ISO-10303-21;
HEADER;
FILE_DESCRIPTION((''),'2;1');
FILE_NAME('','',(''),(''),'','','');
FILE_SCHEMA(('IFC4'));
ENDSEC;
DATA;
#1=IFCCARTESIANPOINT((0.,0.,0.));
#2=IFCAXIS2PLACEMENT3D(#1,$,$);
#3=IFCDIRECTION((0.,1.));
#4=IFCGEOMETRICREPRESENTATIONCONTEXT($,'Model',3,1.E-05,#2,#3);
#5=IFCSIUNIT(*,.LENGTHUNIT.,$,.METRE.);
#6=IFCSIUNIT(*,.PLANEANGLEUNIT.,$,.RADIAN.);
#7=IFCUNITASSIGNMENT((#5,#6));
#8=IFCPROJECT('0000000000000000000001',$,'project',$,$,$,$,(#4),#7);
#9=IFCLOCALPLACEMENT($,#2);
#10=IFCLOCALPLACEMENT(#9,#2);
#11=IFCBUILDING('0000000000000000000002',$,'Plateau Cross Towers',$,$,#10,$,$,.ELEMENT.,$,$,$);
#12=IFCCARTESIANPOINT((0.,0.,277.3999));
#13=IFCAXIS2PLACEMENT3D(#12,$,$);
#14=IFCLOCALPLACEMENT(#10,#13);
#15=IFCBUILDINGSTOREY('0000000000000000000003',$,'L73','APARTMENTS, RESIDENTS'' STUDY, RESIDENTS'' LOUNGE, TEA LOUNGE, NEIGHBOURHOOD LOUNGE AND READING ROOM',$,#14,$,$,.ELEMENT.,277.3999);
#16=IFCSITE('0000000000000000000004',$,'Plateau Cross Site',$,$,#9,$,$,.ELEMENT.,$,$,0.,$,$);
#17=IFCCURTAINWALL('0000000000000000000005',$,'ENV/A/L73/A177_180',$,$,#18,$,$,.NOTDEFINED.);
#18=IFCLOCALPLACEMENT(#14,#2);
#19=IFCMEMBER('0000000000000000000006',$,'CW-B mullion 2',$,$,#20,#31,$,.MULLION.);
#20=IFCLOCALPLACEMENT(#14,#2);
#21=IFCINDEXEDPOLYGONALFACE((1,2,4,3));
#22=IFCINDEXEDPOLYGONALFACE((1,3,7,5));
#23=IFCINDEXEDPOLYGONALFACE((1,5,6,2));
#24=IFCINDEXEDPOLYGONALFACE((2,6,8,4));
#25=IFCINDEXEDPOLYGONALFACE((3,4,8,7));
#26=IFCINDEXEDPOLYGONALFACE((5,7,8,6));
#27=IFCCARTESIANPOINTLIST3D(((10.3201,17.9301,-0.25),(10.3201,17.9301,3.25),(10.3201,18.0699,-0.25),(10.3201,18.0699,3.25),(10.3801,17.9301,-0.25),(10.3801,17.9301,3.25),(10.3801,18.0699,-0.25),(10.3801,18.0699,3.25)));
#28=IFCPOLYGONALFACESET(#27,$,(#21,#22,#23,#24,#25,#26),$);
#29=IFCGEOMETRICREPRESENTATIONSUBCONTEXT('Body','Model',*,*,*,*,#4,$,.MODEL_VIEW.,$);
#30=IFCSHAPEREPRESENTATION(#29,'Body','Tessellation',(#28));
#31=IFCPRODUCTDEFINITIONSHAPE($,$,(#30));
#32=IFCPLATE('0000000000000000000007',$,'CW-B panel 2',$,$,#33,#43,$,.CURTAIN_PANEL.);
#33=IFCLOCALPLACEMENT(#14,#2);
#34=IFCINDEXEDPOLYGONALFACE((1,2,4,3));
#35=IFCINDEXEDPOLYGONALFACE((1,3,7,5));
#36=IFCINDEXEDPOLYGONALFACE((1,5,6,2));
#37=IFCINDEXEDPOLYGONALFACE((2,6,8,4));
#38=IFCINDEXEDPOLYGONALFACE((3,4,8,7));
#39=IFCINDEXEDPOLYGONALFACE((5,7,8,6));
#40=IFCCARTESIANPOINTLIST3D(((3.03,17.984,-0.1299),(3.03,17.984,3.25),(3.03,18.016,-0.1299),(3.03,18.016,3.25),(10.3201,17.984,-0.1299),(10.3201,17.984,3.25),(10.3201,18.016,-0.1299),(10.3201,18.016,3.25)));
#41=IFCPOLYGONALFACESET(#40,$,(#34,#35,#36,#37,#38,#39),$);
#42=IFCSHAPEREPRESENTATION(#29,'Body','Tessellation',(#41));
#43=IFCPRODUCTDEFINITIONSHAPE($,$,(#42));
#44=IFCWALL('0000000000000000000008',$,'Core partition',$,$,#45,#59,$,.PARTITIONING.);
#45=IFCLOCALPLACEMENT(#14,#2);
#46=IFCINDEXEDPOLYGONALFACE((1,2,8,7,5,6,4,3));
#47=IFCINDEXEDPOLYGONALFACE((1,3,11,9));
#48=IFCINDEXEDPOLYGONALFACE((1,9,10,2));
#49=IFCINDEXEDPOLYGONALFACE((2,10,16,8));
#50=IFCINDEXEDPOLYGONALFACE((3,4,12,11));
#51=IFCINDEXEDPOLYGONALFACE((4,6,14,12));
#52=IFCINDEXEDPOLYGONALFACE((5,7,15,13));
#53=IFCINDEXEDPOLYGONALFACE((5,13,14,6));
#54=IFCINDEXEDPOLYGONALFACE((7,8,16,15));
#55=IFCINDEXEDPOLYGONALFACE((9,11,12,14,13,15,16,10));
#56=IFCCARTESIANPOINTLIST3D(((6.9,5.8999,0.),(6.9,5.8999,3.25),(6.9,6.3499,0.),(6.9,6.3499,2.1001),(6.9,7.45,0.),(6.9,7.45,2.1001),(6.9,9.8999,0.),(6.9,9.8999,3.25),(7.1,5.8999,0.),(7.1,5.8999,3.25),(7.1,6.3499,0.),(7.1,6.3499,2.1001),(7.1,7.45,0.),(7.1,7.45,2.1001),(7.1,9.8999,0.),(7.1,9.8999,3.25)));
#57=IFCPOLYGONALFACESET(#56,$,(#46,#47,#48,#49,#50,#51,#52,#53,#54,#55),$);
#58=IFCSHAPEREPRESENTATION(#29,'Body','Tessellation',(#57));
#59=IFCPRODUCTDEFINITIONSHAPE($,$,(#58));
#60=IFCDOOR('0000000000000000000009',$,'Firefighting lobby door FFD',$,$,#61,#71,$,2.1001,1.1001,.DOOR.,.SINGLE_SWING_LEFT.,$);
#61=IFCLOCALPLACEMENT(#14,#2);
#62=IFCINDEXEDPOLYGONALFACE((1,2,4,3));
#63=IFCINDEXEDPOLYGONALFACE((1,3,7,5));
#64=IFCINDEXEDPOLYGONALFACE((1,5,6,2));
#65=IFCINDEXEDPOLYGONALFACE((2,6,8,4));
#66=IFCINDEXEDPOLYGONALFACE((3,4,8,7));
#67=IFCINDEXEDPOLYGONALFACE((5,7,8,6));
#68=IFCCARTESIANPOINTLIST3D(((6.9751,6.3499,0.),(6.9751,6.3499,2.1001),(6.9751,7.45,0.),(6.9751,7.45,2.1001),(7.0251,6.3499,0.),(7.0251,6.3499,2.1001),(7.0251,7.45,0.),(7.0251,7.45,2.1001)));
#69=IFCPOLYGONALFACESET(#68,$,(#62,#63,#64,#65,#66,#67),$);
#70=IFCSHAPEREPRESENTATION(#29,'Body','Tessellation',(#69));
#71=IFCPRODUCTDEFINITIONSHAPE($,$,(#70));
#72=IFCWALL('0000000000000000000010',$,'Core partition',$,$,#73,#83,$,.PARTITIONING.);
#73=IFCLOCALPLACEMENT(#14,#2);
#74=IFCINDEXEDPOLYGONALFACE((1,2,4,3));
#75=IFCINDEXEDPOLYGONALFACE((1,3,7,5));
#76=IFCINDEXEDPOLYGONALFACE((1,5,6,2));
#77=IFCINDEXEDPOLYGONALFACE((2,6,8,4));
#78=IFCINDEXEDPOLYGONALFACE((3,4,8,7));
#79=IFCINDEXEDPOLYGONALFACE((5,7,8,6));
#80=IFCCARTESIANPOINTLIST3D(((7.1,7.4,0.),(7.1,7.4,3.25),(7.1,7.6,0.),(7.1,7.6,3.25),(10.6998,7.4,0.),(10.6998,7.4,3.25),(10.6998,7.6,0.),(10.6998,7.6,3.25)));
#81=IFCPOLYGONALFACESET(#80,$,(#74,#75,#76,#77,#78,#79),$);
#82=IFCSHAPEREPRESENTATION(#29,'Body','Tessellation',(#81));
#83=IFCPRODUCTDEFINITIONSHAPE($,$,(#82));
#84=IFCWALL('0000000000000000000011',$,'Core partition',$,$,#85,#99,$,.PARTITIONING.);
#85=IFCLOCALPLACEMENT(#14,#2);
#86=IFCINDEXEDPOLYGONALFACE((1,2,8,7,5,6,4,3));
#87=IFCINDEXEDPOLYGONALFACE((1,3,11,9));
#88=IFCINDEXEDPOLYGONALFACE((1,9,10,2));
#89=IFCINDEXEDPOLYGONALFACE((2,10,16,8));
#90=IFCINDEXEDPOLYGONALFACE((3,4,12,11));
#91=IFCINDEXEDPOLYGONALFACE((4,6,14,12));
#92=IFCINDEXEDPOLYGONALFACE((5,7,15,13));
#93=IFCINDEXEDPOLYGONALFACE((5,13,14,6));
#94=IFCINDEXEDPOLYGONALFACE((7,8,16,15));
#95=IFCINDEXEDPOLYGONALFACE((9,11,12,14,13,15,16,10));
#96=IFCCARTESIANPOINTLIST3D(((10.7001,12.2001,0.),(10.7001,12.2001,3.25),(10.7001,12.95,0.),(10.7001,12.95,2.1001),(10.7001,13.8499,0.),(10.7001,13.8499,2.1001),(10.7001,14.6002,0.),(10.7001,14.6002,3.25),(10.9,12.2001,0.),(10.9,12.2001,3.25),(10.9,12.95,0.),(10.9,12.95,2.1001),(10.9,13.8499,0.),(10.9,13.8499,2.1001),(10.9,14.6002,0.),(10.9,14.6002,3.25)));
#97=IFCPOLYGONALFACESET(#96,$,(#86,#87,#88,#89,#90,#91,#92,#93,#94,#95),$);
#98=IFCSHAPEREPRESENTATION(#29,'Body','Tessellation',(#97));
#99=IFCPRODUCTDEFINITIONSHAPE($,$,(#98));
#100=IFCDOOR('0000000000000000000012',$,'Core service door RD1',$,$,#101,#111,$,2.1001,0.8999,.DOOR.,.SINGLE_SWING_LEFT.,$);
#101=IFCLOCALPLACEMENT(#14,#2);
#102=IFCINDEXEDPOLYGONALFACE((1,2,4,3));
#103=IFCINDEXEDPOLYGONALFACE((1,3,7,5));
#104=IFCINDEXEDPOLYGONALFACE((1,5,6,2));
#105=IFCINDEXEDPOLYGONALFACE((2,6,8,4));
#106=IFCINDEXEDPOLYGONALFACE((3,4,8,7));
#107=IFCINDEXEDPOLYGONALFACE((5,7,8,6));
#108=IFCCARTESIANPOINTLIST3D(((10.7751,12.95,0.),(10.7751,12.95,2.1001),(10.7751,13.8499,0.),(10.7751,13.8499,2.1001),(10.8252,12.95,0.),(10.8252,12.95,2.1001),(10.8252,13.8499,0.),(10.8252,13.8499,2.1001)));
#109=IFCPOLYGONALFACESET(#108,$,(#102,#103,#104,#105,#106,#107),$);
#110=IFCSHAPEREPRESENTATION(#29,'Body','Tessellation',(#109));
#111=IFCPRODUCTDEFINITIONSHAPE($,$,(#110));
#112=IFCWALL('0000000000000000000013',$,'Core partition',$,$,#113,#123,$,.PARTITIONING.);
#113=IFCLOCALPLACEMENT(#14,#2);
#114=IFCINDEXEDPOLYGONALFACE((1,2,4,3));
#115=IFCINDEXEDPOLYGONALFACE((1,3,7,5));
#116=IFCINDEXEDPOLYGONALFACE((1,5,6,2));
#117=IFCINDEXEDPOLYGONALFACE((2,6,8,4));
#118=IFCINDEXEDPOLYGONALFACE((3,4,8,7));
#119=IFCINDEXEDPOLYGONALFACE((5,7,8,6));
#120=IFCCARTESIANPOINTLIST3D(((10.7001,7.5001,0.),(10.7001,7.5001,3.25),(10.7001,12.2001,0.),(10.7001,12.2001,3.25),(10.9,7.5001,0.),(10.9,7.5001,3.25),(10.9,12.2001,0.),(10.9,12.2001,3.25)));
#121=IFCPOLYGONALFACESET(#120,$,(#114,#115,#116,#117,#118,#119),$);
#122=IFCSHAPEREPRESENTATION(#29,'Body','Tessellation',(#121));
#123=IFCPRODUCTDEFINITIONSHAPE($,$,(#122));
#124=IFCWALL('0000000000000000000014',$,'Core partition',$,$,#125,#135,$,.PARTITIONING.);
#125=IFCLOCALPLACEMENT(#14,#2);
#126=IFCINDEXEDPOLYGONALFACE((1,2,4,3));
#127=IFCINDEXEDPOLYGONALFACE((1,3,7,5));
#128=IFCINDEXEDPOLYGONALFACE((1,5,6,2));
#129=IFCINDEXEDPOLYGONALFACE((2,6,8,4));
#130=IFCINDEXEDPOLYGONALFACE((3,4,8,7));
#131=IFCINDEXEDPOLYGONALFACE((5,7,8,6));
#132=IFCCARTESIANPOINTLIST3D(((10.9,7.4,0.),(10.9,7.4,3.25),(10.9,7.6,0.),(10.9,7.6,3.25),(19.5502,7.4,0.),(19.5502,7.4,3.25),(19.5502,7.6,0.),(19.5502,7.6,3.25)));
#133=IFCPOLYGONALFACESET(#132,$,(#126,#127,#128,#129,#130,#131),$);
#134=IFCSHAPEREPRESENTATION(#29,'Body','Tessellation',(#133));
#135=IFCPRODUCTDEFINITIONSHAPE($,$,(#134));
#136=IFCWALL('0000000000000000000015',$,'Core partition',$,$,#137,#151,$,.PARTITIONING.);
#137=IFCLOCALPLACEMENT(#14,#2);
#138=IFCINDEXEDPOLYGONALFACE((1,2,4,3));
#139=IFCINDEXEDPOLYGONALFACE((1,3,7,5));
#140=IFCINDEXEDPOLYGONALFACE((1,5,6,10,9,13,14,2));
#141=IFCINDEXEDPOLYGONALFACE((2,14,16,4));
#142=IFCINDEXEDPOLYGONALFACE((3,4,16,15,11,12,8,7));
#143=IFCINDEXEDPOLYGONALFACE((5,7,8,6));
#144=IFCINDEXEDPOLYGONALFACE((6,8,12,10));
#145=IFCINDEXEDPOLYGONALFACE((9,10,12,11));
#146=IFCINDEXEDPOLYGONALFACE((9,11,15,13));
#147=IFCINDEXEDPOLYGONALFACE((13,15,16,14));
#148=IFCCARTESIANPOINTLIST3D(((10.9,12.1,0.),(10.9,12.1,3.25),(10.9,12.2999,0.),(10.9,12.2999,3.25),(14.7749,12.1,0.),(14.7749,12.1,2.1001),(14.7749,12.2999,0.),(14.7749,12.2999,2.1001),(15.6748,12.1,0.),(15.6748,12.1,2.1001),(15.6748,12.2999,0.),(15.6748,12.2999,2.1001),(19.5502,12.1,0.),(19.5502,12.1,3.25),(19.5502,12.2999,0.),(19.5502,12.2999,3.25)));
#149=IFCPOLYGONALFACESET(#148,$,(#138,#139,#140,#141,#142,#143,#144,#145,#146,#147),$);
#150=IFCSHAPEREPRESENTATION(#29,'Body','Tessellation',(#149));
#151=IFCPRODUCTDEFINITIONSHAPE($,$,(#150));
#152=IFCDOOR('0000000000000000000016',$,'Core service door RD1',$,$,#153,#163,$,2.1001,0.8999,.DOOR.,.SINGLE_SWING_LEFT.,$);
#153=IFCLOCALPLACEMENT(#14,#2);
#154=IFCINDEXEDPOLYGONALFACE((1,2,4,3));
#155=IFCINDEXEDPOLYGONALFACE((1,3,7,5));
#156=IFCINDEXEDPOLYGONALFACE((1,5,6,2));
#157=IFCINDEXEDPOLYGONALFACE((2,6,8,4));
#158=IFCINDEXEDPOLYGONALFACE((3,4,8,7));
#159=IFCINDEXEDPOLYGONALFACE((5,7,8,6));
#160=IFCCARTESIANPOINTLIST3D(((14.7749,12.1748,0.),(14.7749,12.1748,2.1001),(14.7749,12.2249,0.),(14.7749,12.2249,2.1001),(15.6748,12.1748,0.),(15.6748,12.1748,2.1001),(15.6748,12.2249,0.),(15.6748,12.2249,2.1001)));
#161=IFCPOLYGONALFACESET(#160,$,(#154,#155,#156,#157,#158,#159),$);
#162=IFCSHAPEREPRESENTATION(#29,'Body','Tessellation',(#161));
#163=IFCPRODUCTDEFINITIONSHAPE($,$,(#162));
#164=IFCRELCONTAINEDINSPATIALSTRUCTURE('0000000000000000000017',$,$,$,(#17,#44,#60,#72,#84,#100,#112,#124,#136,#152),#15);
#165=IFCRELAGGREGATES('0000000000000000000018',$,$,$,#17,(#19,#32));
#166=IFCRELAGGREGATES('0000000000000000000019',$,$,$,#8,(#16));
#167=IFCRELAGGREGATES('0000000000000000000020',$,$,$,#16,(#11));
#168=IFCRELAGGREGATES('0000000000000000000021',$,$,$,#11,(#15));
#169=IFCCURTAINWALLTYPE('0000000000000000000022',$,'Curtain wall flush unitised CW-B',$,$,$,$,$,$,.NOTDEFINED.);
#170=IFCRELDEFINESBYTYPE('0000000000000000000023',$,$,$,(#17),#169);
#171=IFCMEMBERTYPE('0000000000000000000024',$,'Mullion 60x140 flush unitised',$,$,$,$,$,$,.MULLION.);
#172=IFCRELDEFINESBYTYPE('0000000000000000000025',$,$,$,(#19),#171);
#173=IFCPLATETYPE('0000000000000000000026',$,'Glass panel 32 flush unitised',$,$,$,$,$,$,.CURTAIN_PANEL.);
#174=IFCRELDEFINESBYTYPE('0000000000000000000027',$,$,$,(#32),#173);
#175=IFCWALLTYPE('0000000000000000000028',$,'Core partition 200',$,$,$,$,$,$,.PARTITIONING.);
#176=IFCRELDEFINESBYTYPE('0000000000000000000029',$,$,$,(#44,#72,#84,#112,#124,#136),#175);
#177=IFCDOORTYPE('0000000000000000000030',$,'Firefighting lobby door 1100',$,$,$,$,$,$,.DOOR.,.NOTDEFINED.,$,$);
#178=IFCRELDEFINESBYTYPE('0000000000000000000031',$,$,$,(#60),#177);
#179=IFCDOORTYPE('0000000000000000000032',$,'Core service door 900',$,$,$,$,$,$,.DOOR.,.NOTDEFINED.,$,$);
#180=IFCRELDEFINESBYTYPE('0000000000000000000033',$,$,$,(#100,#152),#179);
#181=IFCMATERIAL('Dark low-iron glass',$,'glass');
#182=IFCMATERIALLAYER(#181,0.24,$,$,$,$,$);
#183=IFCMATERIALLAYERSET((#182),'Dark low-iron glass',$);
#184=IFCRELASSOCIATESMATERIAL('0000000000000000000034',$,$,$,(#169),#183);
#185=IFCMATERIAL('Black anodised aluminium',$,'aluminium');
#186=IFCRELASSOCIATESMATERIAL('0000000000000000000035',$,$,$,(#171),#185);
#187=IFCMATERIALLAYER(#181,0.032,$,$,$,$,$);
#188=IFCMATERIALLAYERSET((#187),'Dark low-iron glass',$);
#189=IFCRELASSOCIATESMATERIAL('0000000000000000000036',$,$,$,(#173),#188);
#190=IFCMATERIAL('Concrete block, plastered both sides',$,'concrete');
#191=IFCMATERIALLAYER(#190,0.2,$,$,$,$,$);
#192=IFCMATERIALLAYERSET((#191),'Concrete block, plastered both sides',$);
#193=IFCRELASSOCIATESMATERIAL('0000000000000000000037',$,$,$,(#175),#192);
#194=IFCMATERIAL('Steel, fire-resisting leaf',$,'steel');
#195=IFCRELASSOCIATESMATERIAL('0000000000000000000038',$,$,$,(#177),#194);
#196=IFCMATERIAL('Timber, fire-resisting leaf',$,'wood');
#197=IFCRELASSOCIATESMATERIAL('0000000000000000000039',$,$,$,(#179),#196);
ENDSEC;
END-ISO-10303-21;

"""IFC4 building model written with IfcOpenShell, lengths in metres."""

from ifc_helpers import new_model, si_unit, direction, frame, frame_2d, origin, origin_2d, place, context, subcontext, project, spatial, rectangle, extrude, material, layer, layer_set, material_profile, profile_set, type_object, element, fill, aggregate, save


model = new_model("IFC4")

# Units and contexts
model_context = context("Model", 3, precision=1e-05, world=origin(), true_north=direction((0.0, 1.0)))
body_context = subcontext(model_context, "Body", "Model", "MODEL_VIEW")
ifc_project = project(units=[si_unit("LENGTHUNIT", "METRE"), si_unit("PLANEANGLEUNIT", "RADIAN")], contexts=[model_context])

# Site, building, storey
site_placement = place(None, origin())
site = spatial("IfcSite", under=ifc_project, at=site_placement, Name="Plateau Cross Site", CompositionType="ELEMENT", RefElevation=0.0)
building_placement = place(site_placement, origin())
building = spatial("IfcBuilding", under=site, at=building_placement, Name="Plateau Cross Towers", CompositionType="ELEMENT")
storey_placement = place(building_placement, frame((0.0, 0.0, 277.3999)))
storey = spatial("IfcBuildingStorey", under=building, at=storey_placement, Name="L73", Description="APARTMENTS, RESIDENTS' STUDY, RESIDENTS' LOUNGE, TEA LOUNGE, NEIGHBOURHOOD LOUNGE AND READING ROOM", CompositionType="ELEMENT", Elevation=277.3999)

# Curtain wall, member, plate
ifc_material_1 = material(Name="Dark low-iron glass", Category="glass")
ifc_layer_1 = layer(ifc_material_1, 0.24)
ifc_layer_set_1 = layer_set([ifc_layer_1], Name="Dark low-iron glass")
curtain_wall_type = type_object("IfcCurtainWallType", Name="Curtain wall flush unitised CW-B", PredefinedType="NOTDEFINED", material=ifc_layer_set_1)
curtain_wall_placement = place(storey_placement, origin())
curtain_wall = element("IfcCurtainWall", 1, at=curtain_wall_placement, inside=storey, type_object=curtain_wall_type, Name="ENV/A/L73/A177_180", PredefinedType="NOTDEFINED")
ifc_material_2 = material(Name="Black anodised aluminium", Category="aluminium")
ifc_material_profile = material_profile(ifc_material_2, rectangle(XDim=0.0601, YDim=0.1399, at=origin_2d()), Name="MULLION 60x140")
ifc_profile_set = profile_set([ifc_material_profile], Name="Black anodised aluminium")
member_type = type_object("IfcMemberType", Name="Mullion 60x140 flush unitised", PredefinedType="MULLION", material=ifc_profile_set)
member_placement = place(storey_placement, frame((10.3501, 18.0, -0.25), z_axis=(0.0, 0.0, 1.0), x_axis=(-1.0, 0.0, 0.0)))
member = element("IfcMember", 2, at=member_placement, type_object=member_type, Name="CW-B mullion 2", PredefinedType="MULLION", context=body_context, shape_type="SweptSolid", body=[
    extrude(rectangle(XDim=0.0601, YDim=0.1399, at=origin_2d()), origin(), (0.0, 0.0, 1.0), 3.5),
])
ifc_layer_2 = layer(ifc_material_1, 0.032)
ifc_layer_set_2 = layer_set([ifc_layer_2], Name="Dark low-iron glass")
plate_type = type_object("IfcPlateType", Name="Glass panel 32 flush unitised", PredefinedType="CURTAIN_PANEL", material=ifc_layer_set_2)
plate_placement = place(storey_placement, frame((6.675, 18.0, -0.1299), z_axis=(0.0, 0.0, 1.0), x_axis=(-1.0, 0.0, 0.0)))
plate = element("IfcPlate", 3, at=plate_placement, type_object=plate_type, Name="CW-B panel 2", PredefinedType="CURTAIN_PANEL", context=body_context, shape_type="SweptSolid", body=[
    extrude(rectangle(XDim=7.29, YDim=0.032, at=origin_2d()), origin(), (0.0, 0.0, 1.0), 3.3799),
])
aggregate(curtain_wall, [member, plate])

# Wall, opening, door
ifc_material_3 = material(Name="Concrete block, plastered both sides", Category="concrete")
ifc_layer_3 = layer(ifc_material_3, 0.2)
ifc_layer_set_3 = layer_set([ifc_layer_3], Name="Concrete block, plastered both sides")
wall_type_1 = type_object("IfcWallType", Name="Core partition 200", PredefinedType="PARTITIONING", material=ifc_layer_set_3)
wall_1_placement = place(storey_placement, frame((7.0, 5.8999, 0.0), z_axis=(0.0, 0.0, 1.0), x_axis=(0.0, 1.0, 0.0)))
wall_1 = element("IfcWall", 4, at=wall_1_placement, inside=storey, type_object=wall_type_1, Name="Core partition", PredefinedType="PARTITIONING", context=body_context, shape_type="SweptSolid", body=[
    extrude(rectangle(XDim=4.0, YDim=0.2, at=frame_2d((2.0, 0.0))), origin(), (0.0, 0.0, 1.0), 3.25),
])
opening_1_placement = place(wall_1_placement, frame((0.45, 0.0, 0.0)))
opening_1 = element("IfcOpeningElement", 5, at=opening_1_placement, cuts=wall_1, PredefinedType="OPENING", context=body_context, shape_type="SweptSolid", body=[
    extrude(rectangle(XDim=1.1001, YDim=2.1001, at=frame_2d((0.55, 1.05))), frame((0.0, 0.1099, 0.0), z_axis=(0.0, -1.0, 0.0), x_axis=(1.0, 0.0, 0.0)), (0.0, 0.0, 1.0), 0.22),
])
ifc_material_4 = material(Name="Steel, fire-resisting leaf", Category="steel")
door_type_1 = type_object("IfcDoorType", Name="Firefighting lobby door 1100", OperationType="NOTDEFINED", PredefinedType="DOOR", material=ifc_material_4)
door_1_placement = place(opening_1_placement, origin())
door_1 = element("IfcDoor", 6, at=door_1_placement, inside=storey, type_object=door_type_1, Name="Firefighting lobby door FFD", OperationType="SINGLE_SWING_LEFT", OverallHeight=2.1001, OverallWidth=1.1001, PredefinedType="DOOR", context=body_context, shape_type="SweptSolid", body=[
    extrude(rectangle(XDim=1.1001, YDim=2.1001, at=frame_2d((0.55, 1.05))), frame((0.0, 0.0249, 0.0), z_axis=(0.0, -1.0, 0.0), x_axis=(1.0, 0.0, 0.0)), (0.0, 0.0, 1.0), 0.05),
])
fill(opening_1, door_1)

# Wall
wall_2_placement = place(storey_placement, frame((7.1001, 7.5, 0.0), z_axis=(0.0, 0.0, 1.0), x_axis=(1.0, 0.0, 0.0)))
element("IfcWall", 7, at=wall_2_placement, inside=storey, type_object=wall_type_1, Name="Core partition", PredefinedType="PARTITIONING", context=body_context, shape_type="SweptSolid", body=[
    extrude(rectangle(XDim=3.5999, YDim=0.2, at=frame_2d((1.7998, 0.0))), origin(), (0.0, 0.0, 1.0), 3.25),
])

# Wall, opening, door
wall_3_placement = place(storey_placement, frame((10.8, 12.2, 0.0), z_axis=(0.0, 0.0, 1.0), x_axis=(0.0, 1.0, 0.0)))
wall_3 = element("IfcWall", 8, at=wall_3_placement, inside=storey, type_object=wall_type_1, Name="Core partition", PredefinedType="PARTITIONING", context=body_context, shape_type="SweptSolid", body=[
    extrude(rectangle(XDim=2.4001, YDim=0.2, at=frame_2d((1.2002, 0.0))), origin(), (0.0, 0.0, 1.0), 3.25),
])
opening_2_placement = place(wall_3_placement, frame((0.75, 0.0, 0.0)))
opening_2 = element("IfcOpeningElement", 9, at=opening_2_placement, cuts=wall_3, PredefinedType="OPENING", context=body_context, shape_type="SweptSolid", body=[
    extrude(rectangle(XDim=0.8999, YDim=2.1001, at=frame_2d((0.45, 1.05))), frame((0.0, 0.1099, 0.0), z_axis=(0.0, -1.0, 0.0), x_axis=(1.0, 0.0, 0.0)), (0.0, 0.0, 1.0), 0.22),
])
ifc_material_5 = material(Name="Timber, fire-resisting leaf", Category="wood")
door_type_2 = type_object("IfcDoorType", Name="Core service door 900", OperationType="NOTDEFINED", PredefinedType="DOOR", material=ifc_material_5)
door_2_placement = place(opening_2_placement, origin())
door_2 = element("IfcDoor", 10, at=door_2_placement, inside=storey, type_object=door_type_2, Name="Core service door RD1", OperationType="SINGLE_SWING_LEFT", OverallHeight=2.1001, OverallWidth=0.8999, PredefinedType="DOOR", context=body_context, shape_type="SweptSolid", body=[
    extrude(rectangle(XDim=0.8999, YDim=2.1001, at=frame_2d((0.45, 1.05))), frame((0.0, 0.0249, 0.0), z_axis=(0.0, -1.0, 0.0), x_axis=(1.0, 0.0, 0.0)), (0.0, 0.0, 1.0), 0.05),
])
fill(opening_2, door_2)

# Walls
wall_4_placement = place(storey_placement, frame((10.8, 7.5, 0.0), z_axis=(0.0, 0.0, 1.0), x_axis=(0.0, 1.0, 0.0)))
element("IfcWall", 11, at=wall_4_placement, inside=storey, type_object=wall_type_1, Name="Core partition", PredefinedType="PARTITIONING", context=body_context, shape_type="SweptSolid", body=[
    extrude(rectangle(XDim=4.7, YDim=0.2, at=frame_2d((2.3501, 0.0))), origin(), (0.0, 0.0, 1.0), 3.25),
])
wall_5_placement = place(storey_placement, frame((10.8999, 7.5, 0.0), z_axis=(0.0, 0.0, 1.0), x_axis=(1.0, 0.0, 0.0)))
element("IfcWall", 12, at=wall_5_placement, inside=storey, type_object=wall_type_1, Name="Core partition", PredefinedType="PARTITIONING", context=body_context, shape_type="SweptSolid", body=[
    extrude(rectangle(XDim=8.6501, YDim=0.2, at=frame_2d((4.3252, 0.0))), origin(), (0.0, 0.0, 1.0), 3.25),
])

# Wall, opening, door
wall_6_placement = place(storey_placement, frame((10.8999, 12.2, 0.0), z_axis=(0.0, 0.0, 1.0), x_axis=(1.0, 0.0, 0.0)))
wall_6 = element("IfcWall", 13, at=wall_6_placement, inside=storey, type_object=wall_type_1, Name="Core partition", PredefinedType="PARTITIONING", context=body_context, shape_type="SweptSolid", body=[
    extrude(rectangle(XDim=8.6501, YDim=0.2, at=frame_2d((4.3252, 0.0))), origin(), (0.0, 0.0, 1.0), 3.25),
])
opening_3_placement = place(wall_6_placement, frame((3.875, 0.0, 0.0)))
opening_3 = element("IfcOpeningElement", 14, at=opening_3_placement, cuts=wall_6, PredefinedType="OPENING", context=body_context, shape_type="SweptSolid", body=[
    extrude(rectangle(XDim=0.8999, YDim=2.1001, at=frame_2d((0.45, 1.05))), frame((0.0, 0.1099, 0.0), z_axis=(0.0, -1.0, 0.0), x_axis=(1.0, 0.0, 0.0)), (0.0, 0.0, 1.0), 0.22),
])
door_3_placement = place(opening_3_placement, origin())
door_3 = element("IfcDoor", 15, at=door_3_placement, inside=storey, type_object=door_type_2, Name="Core service door RD1", OperationType="SINGLE_SWING_LEFT", OverallHeight=2.1001, OverallWidth=0.8999, PredefinedType="DOOR", context=body_context, shape_type="SweptSolid", body=[
    extrude(rectangle(XDim=0.8999, YDim=2.1001, at=frame_2d((0.45, 1.05))), frame((0.0, 0.0249, 0.0), z_axis=(0.0, -1.0, 0.0), x_axis=(1.0, 0.0, 0.0)), (0.0, 0.0, 1.0), 0.05),
])
fill(opening_3, door_3)

save(model, "model.ifc")
